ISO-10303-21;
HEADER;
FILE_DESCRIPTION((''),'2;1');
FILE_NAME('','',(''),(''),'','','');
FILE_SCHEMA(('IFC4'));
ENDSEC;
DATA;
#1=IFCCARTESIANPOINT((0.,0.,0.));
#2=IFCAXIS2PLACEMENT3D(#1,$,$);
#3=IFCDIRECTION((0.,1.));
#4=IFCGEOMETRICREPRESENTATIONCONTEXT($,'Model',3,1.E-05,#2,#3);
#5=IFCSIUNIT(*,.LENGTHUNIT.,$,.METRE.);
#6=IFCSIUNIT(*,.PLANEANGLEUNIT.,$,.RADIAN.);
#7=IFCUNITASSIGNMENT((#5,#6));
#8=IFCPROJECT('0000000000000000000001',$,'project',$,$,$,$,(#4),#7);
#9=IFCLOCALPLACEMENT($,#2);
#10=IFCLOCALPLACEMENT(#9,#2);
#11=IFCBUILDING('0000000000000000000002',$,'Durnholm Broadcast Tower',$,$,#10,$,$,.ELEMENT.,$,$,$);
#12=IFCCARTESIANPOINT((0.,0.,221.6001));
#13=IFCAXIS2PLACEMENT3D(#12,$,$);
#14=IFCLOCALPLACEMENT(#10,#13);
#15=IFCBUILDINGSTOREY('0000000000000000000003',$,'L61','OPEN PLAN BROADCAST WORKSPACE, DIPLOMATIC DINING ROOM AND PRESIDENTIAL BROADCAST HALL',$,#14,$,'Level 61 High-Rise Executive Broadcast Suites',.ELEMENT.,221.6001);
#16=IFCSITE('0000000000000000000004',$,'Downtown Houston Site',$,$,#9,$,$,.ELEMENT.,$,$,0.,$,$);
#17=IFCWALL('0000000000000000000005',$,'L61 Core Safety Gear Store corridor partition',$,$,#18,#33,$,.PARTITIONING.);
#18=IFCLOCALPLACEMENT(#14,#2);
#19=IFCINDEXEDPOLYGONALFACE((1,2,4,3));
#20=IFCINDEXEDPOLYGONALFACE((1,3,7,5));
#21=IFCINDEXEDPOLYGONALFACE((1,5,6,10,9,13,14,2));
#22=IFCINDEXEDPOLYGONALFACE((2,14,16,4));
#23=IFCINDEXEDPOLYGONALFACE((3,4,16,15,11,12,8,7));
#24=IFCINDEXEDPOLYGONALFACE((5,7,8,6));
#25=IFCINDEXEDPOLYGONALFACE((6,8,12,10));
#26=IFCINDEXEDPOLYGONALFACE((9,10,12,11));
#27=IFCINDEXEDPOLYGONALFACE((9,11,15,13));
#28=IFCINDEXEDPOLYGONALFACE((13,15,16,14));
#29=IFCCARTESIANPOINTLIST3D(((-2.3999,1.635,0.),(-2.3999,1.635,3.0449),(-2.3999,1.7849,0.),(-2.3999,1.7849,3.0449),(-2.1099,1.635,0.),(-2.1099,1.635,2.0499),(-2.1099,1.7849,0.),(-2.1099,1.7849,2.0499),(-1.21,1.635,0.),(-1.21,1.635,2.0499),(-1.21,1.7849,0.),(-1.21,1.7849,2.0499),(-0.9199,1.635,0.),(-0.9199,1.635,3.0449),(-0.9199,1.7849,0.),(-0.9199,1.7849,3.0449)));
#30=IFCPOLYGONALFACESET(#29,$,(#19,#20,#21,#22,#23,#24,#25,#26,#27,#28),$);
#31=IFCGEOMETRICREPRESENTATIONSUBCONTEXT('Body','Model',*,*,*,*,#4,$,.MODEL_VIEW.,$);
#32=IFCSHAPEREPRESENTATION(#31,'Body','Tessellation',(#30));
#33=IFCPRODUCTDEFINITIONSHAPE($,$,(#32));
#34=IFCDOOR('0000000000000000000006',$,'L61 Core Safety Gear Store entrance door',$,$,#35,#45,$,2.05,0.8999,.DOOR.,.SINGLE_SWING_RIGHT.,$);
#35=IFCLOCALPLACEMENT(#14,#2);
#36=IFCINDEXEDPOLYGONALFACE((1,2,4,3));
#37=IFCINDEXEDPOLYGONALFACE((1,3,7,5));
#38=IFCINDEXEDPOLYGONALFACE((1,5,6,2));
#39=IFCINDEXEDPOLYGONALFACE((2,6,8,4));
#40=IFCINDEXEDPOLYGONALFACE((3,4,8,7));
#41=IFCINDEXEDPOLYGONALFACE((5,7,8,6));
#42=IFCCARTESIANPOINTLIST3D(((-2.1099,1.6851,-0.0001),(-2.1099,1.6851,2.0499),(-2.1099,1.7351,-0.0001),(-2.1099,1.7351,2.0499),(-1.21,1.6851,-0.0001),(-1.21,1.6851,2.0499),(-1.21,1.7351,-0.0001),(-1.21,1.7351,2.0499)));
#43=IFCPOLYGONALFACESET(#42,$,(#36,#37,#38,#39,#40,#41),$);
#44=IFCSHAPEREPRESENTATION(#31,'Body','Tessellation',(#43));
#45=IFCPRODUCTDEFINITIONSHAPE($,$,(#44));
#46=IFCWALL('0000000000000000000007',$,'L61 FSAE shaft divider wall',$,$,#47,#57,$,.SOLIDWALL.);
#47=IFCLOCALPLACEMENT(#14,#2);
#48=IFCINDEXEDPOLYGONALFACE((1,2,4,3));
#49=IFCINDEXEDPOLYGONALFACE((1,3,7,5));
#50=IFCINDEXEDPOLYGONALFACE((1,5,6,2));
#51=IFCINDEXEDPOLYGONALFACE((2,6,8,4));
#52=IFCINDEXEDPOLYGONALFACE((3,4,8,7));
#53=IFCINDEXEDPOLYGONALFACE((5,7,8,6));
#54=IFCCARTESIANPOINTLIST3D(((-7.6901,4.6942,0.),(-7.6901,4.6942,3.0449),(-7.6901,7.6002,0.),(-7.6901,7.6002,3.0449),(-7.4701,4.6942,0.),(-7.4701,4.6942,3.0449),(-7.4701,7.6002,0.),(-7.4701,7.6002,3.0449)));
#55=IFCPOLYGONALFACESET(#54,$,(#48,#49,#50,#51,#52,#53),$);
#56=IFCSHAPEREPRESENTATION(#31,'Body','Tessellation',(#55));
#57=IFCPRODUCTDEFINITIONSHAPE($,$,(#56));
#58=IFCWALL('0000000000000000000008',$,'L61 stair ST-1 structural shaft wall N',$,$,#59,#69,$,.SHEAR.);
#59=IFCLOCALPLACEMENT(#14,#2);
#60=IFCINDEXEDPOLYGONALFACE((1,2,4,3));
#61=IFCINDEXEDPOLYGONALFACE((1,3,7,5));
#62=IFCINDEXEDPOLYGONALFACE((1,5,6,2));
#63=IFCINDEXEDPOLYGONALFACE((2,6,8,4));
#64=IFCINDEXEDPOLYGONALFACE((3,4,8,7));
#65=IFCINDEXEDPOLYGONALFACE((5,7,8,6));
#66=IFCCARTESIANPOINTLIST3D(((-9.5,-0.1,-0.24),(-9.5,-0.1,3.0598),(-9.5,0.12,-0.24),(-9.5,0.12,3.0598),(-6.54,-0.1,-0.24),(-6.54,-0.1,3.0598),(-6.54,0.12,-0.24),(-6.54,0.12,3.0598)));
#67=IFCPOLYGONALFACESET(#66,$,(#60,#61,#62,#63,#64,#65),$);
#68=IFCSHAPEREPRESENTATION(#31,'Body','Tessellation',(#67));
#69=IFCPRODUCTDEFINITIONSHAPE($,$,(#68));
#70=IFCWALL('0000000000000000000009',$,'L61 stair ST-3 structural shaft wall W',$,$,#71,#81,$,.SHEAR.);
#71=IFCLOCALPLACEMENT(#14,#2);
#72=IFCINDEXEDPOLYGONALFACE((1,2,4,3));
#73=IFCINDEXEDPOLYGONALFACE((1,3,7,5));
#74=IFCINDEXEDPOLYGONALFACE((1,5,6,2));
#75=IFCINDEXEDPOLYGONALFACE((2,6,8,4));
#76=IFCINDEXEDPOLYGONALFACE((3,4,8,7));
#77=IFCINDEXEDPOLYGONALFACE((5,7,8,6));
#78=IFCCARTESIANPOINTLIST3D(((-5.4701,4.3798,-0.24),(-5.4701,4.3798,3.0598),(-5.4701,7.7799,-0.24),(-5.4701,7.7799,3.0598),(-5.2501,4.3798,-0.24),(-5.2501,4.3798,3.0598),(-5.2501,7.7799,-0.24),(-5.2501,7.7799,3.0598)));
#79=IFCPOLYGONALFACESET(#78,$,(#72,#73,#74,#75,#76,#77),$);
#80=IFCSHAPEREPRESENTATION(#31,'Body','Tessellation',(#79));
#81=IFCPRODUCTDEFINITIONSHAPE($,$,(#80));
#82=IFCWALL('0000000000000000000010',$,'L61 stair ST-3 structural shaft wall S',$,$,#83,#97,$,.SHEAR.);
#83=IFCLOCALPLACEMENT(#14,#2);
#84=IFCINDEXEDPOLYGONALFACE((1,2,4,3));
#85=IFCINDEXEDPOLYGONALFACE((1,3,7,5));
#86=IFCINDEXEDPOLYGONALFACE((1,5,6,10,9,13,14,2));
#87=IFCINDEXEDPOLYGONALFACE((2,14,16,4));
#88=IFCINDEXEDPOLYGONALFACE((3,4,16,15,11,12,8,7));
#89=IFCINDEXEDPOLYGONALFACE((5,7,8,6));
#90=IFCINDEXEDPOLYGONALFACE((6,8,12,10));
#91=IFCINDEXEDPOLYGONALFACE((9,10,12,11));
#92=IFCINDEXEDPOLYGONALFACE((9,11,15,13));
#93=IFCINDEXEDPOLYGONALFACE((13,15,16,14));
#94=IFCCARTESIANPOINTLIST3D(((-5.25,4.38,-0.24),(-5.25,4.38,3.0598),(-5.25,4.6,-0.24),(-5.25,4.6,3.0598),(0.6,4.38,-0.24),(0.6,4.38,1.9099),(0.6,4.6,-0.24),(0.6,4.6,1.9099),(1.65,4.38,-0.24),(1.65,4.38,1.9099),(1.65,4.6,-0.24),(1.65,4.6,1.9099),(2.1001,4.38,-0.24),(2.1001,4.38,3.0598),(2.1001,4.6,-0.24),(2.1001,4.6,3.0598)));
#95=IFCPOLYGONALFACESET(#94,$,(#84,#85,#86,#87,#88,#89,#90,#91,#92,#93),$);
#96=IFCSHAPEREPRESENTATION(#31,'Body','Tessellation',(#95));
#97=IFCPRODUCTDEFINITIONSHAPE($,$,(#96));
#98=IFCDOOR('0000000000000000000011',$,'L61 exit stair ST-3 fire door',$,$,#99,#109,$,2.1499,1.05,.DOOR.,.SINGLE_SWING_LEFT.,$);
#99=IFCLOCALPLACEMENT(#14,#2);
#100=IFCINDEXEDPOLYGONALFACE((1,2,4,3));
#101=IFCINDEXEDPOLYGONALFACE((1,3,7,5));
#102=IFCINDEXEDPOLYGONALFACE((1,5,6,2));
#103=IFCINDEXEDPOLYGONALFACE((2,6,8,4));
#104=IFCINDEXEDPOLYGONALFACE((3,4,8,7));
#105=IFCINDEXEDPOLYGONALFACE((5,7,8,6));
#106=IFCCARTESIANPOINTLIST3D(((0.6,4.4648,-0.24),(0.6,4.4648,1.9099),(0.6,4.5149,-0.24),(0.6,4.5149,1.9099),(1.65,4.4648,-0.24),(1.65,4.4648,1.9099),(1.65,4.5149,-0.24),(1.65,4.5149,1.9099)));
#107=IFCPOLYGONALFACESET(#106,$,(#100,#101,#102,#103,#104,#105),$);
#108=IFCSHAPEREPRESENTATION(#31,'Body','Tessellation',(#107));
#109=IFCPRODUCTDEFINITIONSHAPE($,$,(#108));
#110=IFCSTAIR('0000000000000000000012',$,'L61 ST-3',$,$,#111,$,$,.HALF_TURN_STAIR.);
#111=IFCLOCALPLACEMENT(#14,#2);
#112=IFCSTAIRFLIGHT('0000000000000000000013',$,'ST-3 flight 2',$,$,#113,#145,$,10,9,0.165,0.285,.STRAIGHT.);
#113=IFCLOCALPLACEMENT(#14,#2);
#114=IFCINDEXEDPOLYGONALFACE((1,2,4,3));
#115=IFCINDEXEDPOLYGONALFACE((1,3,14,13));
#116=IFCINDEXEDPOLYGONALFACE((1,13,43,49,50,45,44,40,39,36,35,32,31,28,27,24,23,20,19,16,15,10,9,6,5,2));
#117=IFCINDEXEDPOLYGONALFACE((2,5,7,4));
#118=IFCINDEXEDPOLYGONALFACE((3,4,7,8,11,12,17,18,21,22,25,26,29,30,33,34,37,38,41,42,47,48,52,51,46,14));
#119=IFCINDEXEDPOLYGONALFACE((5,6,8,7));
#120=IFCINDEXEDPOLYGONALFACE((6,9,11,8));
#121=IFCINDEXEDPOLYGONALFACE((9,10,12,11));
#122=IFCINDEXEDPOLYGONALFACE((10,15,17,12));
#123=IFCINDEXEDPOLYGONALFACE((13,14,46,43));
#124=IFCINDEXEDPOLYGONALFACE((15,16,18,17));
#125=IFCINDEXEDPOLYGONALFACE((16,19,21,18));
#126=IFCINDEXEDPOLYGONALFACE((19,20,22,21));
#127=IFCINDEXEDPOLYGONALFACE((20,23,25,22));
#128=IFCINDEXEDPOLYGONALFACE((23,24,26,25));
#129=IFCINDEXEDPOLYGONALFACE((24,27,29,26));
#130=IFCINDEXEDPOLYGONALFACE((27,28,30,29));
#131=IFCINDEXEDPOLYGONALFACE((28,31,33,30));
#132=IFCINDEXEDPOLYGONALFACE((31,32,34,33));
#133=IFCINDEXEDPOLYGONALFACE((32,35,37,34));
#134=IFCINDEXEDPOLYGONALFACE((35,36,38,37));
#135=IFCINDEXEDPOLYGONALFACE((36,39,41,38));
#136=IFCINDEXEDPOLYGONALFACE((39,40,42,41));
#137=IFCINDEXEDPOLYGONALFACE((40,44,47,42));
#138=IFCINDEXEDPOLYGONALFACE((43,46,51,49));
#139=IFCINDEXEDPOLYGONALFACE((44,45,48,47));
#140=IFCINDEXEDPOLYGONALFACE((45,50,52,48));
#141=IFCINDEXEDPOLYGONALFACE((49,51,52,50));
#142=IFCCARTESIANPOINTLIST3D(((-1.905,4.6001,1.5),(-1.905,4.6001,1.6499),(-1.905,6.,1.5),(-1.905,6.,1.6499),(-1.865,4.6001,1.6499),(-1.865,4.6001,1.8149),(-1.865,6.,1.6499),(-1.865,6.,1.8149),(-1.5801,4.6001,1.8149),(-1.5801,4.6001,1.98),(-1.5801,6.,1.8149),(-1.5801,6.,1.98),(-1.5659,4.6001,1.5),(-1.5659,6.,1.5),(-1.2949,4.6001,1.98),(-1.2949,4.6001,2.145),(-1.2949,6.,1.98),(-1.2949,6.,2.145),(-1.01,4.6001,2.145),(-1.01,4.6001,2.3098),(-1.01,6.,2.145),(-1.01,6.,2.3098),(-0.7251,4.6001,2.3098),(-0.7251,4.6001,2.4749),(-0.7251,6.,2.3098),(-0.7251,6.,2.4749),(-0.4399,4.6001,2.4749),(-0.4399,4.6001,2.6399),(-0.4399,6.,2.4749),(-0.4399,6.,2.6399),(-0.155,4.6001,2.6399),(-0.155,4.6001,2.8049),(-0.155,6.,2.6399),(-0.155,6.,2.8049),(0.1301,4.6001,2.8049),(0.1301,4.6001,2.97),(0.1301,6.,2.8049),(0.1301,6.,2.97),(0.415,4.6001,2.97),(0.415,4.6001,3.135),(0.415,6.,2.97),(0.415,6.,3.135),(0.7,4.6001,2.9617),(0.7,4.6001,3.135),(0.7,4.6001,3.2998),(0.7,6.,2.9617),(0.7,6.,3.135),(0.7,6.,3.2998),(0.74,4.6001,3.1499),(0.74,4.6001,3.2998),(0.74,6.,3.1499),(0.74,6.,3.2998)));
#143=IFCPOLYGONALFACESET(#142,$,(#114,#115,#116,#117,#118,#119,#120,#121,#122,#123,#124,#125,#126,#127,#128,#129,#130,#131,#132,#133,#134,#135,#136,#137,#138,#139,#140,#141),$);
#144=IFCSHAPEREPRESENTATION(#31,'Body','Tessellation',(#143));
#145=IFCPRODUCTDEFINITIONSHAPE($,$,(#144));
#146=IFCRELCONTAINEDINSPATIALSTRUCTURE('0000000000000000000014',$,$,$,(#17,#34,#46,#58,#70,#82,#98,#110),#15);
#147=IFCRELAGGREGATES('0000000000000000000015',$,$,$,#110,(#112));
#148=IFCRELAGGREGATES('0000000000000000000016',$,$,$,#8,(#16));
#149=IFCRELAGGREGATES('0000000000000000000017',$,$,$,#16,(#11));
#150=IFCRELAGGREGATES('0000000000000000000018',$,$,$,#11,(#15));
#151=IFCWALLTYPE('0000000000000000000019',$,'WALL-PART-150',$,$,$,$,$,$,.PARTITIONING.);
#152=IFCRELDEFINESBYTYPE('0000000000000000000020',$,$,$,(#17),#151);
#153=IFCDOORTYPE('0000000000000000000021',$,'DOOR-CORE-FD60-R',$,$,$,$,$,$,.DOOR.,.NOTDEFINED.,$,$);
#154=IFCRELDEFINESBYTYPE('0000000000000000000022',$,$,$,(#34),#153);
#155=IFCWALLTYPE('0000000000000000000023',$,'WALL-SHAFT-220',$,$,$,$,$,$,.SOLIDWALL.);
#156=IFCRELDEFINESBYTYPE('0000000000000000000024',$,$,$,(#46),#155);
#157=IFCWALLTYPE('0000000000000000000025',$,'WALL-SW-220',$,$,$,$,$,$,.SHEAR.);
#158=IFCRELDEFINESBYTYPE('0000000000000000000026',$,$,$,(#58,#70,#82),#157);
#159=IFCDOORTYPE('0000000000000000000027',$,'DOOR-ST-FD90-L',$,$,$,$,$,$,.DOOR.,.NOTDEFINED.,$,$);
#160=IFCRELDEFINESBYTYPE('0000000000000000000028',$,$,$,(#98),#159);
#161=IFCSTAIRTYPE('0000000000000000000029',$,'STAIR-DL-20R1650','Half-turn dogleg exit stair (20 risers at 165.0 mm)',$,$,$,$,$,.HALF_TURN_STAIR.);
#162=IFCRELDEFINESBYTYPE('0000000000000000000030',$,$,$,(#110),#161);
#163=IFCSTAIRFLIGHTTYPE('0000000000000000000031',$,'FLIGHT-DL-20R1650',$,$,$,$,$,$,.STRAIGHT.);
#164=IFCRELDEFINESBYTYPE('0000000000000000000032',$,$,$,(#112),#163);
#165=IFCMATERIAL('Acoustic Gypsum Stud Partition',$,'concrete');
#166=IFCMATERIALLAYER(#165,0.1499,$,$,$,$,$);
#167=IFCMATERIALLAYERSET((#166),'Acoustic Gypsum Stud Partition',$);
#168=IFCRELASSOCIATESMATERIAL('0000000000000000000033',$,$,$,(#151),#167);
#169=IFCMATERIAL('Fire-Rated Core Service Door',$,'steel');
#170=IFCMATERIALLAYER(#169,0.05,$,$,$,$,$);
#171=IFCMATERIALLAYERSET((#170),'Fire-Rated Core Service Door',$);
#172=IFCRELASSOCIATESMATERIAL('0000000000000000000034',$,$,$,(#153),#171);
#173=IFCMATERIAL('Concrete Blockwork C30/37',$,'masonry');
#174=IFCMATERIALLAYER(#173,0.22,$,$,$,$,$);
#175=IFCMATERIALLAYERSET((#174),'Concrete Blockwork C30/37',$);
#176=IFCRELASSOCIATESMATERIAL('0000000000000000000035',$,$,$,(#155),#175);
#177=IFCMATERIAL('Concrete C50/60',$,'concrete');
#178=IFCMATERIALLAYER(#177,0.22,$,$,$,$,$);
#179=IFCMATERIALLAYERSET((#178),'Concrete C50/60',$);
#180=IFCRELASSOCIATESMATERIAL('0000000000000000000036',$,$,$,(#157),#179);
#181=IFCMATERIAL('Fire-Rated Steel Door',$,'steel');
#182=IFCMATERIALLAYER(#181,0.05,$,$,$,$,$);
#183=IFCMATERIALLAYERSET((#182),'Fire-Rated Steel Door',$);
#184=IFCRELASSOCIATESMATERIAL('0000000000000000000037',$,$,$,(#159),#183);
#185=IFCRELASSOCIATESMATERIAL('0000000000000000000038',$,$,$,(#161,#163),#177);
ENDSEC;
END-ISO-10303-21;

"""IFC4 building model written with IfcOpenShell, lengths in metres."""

from ifc_helpers import new_model, si_unit, direction, frame, frame_2d, origin, place, context, subcontext, project, spatial, polyline, rectangle, outline, extrude, source, transform, mapped, material, layer, layer_set, type_object, type_shapes, element, fill, aggregate, save


model = new_model("IFC4")

# Units and contexts
model_context = context("Model", 3, precision=1e-05, world=origin(), true_north=direction((0.0, 1.0)))
body_context = subcontext(model_context, "Body", "Model", "MODEL_VIEW")
ifc_project = project(units=[si_unit("LENGTHUNIT", "METRE"), si_unit("PLANEANGLEUNIT", "RADIAN")], contexts=[model_context])

# Site, building, storey
site_placement = place(None, origin())
site = spatial("IfcSite", under=ifc_project, at=site_placement, Name="Downtown Houston Site", CompositionType="ELEMENT", RefElevation=0.0)
building_placement = place(site_placement, origin())
building = spatial("IfcBuilding", under=site, at=building_placement, Name="Durnholm Broadcast Tower", CompositionType="ELEMENT")
storey_placement = place(building_placement, frame((0.0, 0.0, 221.6001)))
storey = spatial("IfcBuildingStorey", under=building, at=storey_placement, Name="L61", Description="OPEN PLAN BROADCAST WORKSPACE, DIPLOMATIC DINING ROOM AND PRESIDENTIAL BROADCAST HALL", LongName="Level 61 High-Rise Executive Broadcast Suites", CompositionType="ELEMENT", Elevation=221.6001)

# Wall, opening, door
ifc_material_1 = material(Name="Acoustic Gypsum Stud Partition", Category="concrete")
ifc_layer_1 = layer(ifc_material_1, 0.1499)
ifc_layer_set_1 = layer_set([ifc_layer_1], Name="Acoustic Gypsum Stud Partition")
wall_type_1 = type_object("IfcWallType", Name="WALL-PART-150", PredefinedType="PARTITIONING", material=ifc_layer_set_1)
ifc_material_2 = material(Name="Fire-Rated Core Service Door", Category="steel")
ifc_layer_2 = layer(ifc_material_2, 0.05)
ifc_layer_set_2 = layer_set([ifc_layer_2], Name="Fire-Rated Core Service Door")
door_type_1 = type_object("IfcDoorType", Name="DOOR-CORE-FD60-R", OperationType="NOTDEFINED", PredefinedType="DOOR", material=ifc_layer_set_2)
shared_shape_1 = source(origin(), body_context, "Body", "SweptSolid", [
    extrude(rectangle(XDim=0.8999, YDim=2.05, at=frame_2d((0.45, 1.0249))), frame((0.0, 0.0249, 0.0), z_axis=(0.0, -1.0, 0.0), x_axis=(1.0, 0.0, 0.0)), (0.0, 0.0, 1.0), 0.05),
])
type_shapes(door_type_1, [shared_shape_1])
wall_1_placement = place(storey_placement, frame((-0.9199, 1.71, 0.0), z_axis=(0.0, 0.0, 1.0), x_axis=(-1.0, 0.0, 0.0)))
wall_1 = element("IfcWall", 1, at=wall_1_placement, inside=storey, type_object=wall_type_1, Name="L61 Core Safety Gear Store corridor partition", PredefinedType="PARTITIONING", context=body_context, shape_type="SweptSolid", body=[
    extrude(rectangle(XDim=1.48, YDim=0.1499, at=frame_2d((0.74, 0.0))), origin(), (0.0, 0.0, 1.0), 3.0449),
])
opening_1_placement = place(wall_1_placement, frame((0.29, 0.0, 0.0)))
opening_1 = element("IfcOpeningElement", 2, at=opening_1_placement, cuts=wall_1, PredefinedType="OPENING", context=body_context, shape_type="SweptSolid", body=[
    extrude(rectangle(XDim=0.8999, YDim=2.05, at=frame_2d((0.45, 1.0249))), frame((0.0, 0.085, 0.0), z_axis=(0.0, -1.0, 0.0), x_axis=(1.0, 0.0, 0.0)), (0.0, 0.0, 1.0), 0.1699),
])
door_1_placement = place(opening_1_placement, origin())
door_1 = element("IfcDoor", 3, at=door_1_placement, inside=storey, type_object=door_type_1, Name="L61 Core Safety Gear Store entrance door", OperationType="SINGLE_SWING_RIGHT", OverallHeight=2.05, OverallWidth=0.8999, PredefinedType="DOOR", context=body_context, shape_type="MappedRepresentation", body=[
    mapped(shared_shape_1, transform((0.0, 0.0, 0.0), x_axis=(1.0, 0.0, 0.0), y_axis=(0.0, 1.0, 0.0), z_axis=(0.0, 0.0, 1.0), scale=1.0)),
])
fill(opening_1, door_1)

# Walls
ifc_material_3 = material(Name="Concrete Blockwork C30/37", Category="masonry")
ifc_layer_3 = layer(ifc_material_3, 0.22)
ifc_layer_set_3 = layer_set([ifc_layer_3], Name="Concrete Blockwork C30/37")
wall_type_2 = type_object("IfcWallType", Name="WALL-SHAFT-220", PredefinedType="SOLIDWALL", material=ifc_layer_set_3)
wall_2_placement = place(storey_placement, frame((-7.5801, 4.6941, 0.0), z_axis=(0.0, 0.0, 1.0), x_axis=(0.0, 1.0, 0.0)))
element("IfcWall", 4, at=wall_2_placement, inside=storey, type_object=wall_type_2, Name="L61 FSAE shaft divider wall", PredefinedType="SOLIDWALL", context=body_context, shape_type="SweptSolid", body=[
    extrude(rectangle(XDim=2.906, YDim=0.22, at=frame_2d((1.4531, 0.0))), origin(), (0.0, 0.0, 1.0), 3.0449),
])
ifc_material_4 = material(Name="Concrete C50/60", Category="concrete")
ifc_layer_4 = layer(ifc_material_4, 0.22)
ifc_layer_set_4 = layer_set([ifc_layer_4], Name="Concrete C50/60")
wall_type_3 = type_object("IfcWallType", Name="WALL-SW-220", PredefinedType="SHEAR", material=ifc_layer_set_4)
wall_3_placement = place(storey_placement, frame((-6.54, 0.01, -0.24), z_axis=(0.0, 0.0, 1.0), x_axis=(-1.0, 0.0, 0.0)))
element("IfcWall", 5, at=wall_3_placement, inside=storey, type_object=wall_type_3, Name="L61 stair ST-1 structural shaft wall N", PredefinedType="SHEAR", context=body_context, shape_type="SweptSolid", body=[
    extrude(rectangle(XDim=2.96, YDim=0.22, at=frame_2d((1.48, 0.0))), origin(), (0.0, 0.0, 1.0), 3.2998),
])
wall_4_placement = place(storey_placement, frame((-5.3601, 7.78, -0.24), z_axis=(0.0, 0.0, 1.0), x_axis=(0.0, -1.0, 0.0)))
element("IfcWall", 6, at=wall_4_placement, inside=storey, type_object=wall_type_3, Name="L61 stair ST-3 structural shaft wall W", PredefinedType="SHEAR", context=body_context, shape_type="SweptSolid", body=[
    extrude(rectangle(XDim=3.4001, YDim=0.22, at=frame_2d((1.7002, 0.0))), origin(), (0.0, 0.0, 1.0), 3.2998),
])

# Wall, opening, door
wall_5_placement = place(storey_placement, frame((-5.25, 4.49, -0.24), z_axis=(0.0, 0.0, 1.0), x_axis=(1.0, 0.0, 0.0)))
wall_5 = element("IfcWall", 7, at=wall_5_placement, inside=storey, type_object=wall_type_3, Name="L61 stair ST-3 structural shaft wall S", PredefinedType="SHEAR", context=body_context, shape_type="SweptSolid", body=[
    extrude(rectangle(XDim=7.3501, YDim=0.22, at=frame_2d((3.675, 0.0))), origin(), (0.0, 0.0, 1.0), 3.2998),
])
opening_2_placement = place(wall_5_placement, frame((5.8501, 0.0, 0.0)))
opening_2 = element("IfcOpeningElement", 8, at=opening_2_placement, cuts=wall_5, PredefinedType="OPENING", context=body_context, shape_type="SweptSolid", body=[
    extrude(rectangle(XDim=1.05, YDim=2.1499, at=frame_2d((0.5249, 1.075))), frame((0.0, 0.1201, 0.0), z_axis=(0.0, -1.0, 0.0), x_axis=(1.0, 0.0, 0.0)), (0.0, 0.0, 1.0), 0.24),
])
ifc_material_5 = material(Name="Fire-Rated Steel Door", Category="steel")
ifc_layer_5 = layer(ifc_material_5, 0.05)
ifc_layer_set_5 = layer_set([ifc_layer_5], Name="Fire-Rated Steel Door")
door_type_2 = type_object("IfcDoorType", Name="DOOR-ST-FD90-L", OperationType="NOTDEFINED", PredefinedType="DOOR", material=ifc_layer_set_5)
shared_shape_2 = source(origin(), body_context, "Body", "SweptSolid", [
    extrude(rectangle(XDim=1.05, YDim=2.1499, at=frame_2d((0.5249, 1.075))), frame((0.0, 0.0249, 0.0), z_axis=(0.0, -1.0, 0.0), x_axis=(1.0, 0.0, 0.0)), (0.0, 0.0, 1.0), 0.05),
])
type_shapes(door_type_2, [shared_shape_2])
door_2_placement = place(opening_2_placement, origin())
door_2 = element("IfcDoor", 9, at=door_2_placement, inside=storey, type_object=door_type_2, Name="L61 exit stair ST-3 fire door", OperationType="SINGLE_SWING_LEFT", OverallHeight=2.1499, OverallWidth=1.05, PredefinedType="DOOR", context=body_context, shape_type="MappedRepresentation", body=[
    mapped(shared_shape_2, transform((0.0, 0.0, 0.0), x_axis=(1.0, 0.0, 0.0), y_axis=(0.0, 1.0, 0.0), z_axis=(0.0, 0.0, 1.0), scale=1.0)),
])
fill(opening_2, door_2)

# Stair, stair flight
stair_type = type_object("IfcStairType", Name="STAIR-DL-20R1650", Description="Half-turn dogleg exit stair (20 risers at 165.0 mm)", PredefinedType="HALF_TURN_STAIR", material=ifc_material_4)
stair_placement = place(storey_placement, origin())
stair = element("IfcStair", 10, at=stair_placement, inside=storey, type_object=stair_type, Name="L61 ST-3", PredefinedType="HALF_TURN_STAIR")
stair_flight_type = type_object("IfcStairFlightType", Name="FLIGHT-DL-20R1650", PredefinedType="STRAIGHT", material=ifc_material_4)
stair_flight_placement = place(storey_placement, frame((-1.865, 5.3, 1.6499), z_axis=(0.0, 0.0, 1.0), x_axis=(1.0, 0.0, 0.0)))
stair_flight = element("IfcStairFlight", 11, at=stair_flight_placement, type_object=stair_flight_type, Name="ST-3 flight 2", NumberOfRisers=10, NumberOfTreads=9, PredefinedType="STRAIGHT", RiserHeight=0.165, TreadLength=0.285, context=body_context, shape_type="SweptSolid", body=[
    extrude(outline(polyline([(-0.04, -0.1499), (-0.04, 0.0), (0.0, 0.0), (0.0, 0.165), (0.2849, 0.165), (0.2849, 0.3301), (0.5701, 0.3301), (0.5701, 0.4951), (0.855, 0.4951), (0.855, 0.6599), (1.1399, 0.6599), (1.1399, 0.825), (1.425, 0.825), (1.425, 0.99), (1.71, 0.99), (1.71, 1.155), (1.9951, 1.155), (1.9951, 1.3201), (2.28, 1.3201), (2.28, 1.4851), (2.5649, 1.4851), (2.5649, 1.6499), (2.605, 1.6499), (2.605, 1.5), (2.5649, 1.3118), (0.2991, -0.1499), (-0.04, -0.1499)])), frame((0.0, 0.7, 0.0), z_axis=(0.0, -1.0, 0.0), x_axis=(1.0, 0.0, 0.0)), (0.0, 0.0, 1.0), 1.3999),
])
aggregate(stair, [stair_flight])

save(model, "model.ifc")
